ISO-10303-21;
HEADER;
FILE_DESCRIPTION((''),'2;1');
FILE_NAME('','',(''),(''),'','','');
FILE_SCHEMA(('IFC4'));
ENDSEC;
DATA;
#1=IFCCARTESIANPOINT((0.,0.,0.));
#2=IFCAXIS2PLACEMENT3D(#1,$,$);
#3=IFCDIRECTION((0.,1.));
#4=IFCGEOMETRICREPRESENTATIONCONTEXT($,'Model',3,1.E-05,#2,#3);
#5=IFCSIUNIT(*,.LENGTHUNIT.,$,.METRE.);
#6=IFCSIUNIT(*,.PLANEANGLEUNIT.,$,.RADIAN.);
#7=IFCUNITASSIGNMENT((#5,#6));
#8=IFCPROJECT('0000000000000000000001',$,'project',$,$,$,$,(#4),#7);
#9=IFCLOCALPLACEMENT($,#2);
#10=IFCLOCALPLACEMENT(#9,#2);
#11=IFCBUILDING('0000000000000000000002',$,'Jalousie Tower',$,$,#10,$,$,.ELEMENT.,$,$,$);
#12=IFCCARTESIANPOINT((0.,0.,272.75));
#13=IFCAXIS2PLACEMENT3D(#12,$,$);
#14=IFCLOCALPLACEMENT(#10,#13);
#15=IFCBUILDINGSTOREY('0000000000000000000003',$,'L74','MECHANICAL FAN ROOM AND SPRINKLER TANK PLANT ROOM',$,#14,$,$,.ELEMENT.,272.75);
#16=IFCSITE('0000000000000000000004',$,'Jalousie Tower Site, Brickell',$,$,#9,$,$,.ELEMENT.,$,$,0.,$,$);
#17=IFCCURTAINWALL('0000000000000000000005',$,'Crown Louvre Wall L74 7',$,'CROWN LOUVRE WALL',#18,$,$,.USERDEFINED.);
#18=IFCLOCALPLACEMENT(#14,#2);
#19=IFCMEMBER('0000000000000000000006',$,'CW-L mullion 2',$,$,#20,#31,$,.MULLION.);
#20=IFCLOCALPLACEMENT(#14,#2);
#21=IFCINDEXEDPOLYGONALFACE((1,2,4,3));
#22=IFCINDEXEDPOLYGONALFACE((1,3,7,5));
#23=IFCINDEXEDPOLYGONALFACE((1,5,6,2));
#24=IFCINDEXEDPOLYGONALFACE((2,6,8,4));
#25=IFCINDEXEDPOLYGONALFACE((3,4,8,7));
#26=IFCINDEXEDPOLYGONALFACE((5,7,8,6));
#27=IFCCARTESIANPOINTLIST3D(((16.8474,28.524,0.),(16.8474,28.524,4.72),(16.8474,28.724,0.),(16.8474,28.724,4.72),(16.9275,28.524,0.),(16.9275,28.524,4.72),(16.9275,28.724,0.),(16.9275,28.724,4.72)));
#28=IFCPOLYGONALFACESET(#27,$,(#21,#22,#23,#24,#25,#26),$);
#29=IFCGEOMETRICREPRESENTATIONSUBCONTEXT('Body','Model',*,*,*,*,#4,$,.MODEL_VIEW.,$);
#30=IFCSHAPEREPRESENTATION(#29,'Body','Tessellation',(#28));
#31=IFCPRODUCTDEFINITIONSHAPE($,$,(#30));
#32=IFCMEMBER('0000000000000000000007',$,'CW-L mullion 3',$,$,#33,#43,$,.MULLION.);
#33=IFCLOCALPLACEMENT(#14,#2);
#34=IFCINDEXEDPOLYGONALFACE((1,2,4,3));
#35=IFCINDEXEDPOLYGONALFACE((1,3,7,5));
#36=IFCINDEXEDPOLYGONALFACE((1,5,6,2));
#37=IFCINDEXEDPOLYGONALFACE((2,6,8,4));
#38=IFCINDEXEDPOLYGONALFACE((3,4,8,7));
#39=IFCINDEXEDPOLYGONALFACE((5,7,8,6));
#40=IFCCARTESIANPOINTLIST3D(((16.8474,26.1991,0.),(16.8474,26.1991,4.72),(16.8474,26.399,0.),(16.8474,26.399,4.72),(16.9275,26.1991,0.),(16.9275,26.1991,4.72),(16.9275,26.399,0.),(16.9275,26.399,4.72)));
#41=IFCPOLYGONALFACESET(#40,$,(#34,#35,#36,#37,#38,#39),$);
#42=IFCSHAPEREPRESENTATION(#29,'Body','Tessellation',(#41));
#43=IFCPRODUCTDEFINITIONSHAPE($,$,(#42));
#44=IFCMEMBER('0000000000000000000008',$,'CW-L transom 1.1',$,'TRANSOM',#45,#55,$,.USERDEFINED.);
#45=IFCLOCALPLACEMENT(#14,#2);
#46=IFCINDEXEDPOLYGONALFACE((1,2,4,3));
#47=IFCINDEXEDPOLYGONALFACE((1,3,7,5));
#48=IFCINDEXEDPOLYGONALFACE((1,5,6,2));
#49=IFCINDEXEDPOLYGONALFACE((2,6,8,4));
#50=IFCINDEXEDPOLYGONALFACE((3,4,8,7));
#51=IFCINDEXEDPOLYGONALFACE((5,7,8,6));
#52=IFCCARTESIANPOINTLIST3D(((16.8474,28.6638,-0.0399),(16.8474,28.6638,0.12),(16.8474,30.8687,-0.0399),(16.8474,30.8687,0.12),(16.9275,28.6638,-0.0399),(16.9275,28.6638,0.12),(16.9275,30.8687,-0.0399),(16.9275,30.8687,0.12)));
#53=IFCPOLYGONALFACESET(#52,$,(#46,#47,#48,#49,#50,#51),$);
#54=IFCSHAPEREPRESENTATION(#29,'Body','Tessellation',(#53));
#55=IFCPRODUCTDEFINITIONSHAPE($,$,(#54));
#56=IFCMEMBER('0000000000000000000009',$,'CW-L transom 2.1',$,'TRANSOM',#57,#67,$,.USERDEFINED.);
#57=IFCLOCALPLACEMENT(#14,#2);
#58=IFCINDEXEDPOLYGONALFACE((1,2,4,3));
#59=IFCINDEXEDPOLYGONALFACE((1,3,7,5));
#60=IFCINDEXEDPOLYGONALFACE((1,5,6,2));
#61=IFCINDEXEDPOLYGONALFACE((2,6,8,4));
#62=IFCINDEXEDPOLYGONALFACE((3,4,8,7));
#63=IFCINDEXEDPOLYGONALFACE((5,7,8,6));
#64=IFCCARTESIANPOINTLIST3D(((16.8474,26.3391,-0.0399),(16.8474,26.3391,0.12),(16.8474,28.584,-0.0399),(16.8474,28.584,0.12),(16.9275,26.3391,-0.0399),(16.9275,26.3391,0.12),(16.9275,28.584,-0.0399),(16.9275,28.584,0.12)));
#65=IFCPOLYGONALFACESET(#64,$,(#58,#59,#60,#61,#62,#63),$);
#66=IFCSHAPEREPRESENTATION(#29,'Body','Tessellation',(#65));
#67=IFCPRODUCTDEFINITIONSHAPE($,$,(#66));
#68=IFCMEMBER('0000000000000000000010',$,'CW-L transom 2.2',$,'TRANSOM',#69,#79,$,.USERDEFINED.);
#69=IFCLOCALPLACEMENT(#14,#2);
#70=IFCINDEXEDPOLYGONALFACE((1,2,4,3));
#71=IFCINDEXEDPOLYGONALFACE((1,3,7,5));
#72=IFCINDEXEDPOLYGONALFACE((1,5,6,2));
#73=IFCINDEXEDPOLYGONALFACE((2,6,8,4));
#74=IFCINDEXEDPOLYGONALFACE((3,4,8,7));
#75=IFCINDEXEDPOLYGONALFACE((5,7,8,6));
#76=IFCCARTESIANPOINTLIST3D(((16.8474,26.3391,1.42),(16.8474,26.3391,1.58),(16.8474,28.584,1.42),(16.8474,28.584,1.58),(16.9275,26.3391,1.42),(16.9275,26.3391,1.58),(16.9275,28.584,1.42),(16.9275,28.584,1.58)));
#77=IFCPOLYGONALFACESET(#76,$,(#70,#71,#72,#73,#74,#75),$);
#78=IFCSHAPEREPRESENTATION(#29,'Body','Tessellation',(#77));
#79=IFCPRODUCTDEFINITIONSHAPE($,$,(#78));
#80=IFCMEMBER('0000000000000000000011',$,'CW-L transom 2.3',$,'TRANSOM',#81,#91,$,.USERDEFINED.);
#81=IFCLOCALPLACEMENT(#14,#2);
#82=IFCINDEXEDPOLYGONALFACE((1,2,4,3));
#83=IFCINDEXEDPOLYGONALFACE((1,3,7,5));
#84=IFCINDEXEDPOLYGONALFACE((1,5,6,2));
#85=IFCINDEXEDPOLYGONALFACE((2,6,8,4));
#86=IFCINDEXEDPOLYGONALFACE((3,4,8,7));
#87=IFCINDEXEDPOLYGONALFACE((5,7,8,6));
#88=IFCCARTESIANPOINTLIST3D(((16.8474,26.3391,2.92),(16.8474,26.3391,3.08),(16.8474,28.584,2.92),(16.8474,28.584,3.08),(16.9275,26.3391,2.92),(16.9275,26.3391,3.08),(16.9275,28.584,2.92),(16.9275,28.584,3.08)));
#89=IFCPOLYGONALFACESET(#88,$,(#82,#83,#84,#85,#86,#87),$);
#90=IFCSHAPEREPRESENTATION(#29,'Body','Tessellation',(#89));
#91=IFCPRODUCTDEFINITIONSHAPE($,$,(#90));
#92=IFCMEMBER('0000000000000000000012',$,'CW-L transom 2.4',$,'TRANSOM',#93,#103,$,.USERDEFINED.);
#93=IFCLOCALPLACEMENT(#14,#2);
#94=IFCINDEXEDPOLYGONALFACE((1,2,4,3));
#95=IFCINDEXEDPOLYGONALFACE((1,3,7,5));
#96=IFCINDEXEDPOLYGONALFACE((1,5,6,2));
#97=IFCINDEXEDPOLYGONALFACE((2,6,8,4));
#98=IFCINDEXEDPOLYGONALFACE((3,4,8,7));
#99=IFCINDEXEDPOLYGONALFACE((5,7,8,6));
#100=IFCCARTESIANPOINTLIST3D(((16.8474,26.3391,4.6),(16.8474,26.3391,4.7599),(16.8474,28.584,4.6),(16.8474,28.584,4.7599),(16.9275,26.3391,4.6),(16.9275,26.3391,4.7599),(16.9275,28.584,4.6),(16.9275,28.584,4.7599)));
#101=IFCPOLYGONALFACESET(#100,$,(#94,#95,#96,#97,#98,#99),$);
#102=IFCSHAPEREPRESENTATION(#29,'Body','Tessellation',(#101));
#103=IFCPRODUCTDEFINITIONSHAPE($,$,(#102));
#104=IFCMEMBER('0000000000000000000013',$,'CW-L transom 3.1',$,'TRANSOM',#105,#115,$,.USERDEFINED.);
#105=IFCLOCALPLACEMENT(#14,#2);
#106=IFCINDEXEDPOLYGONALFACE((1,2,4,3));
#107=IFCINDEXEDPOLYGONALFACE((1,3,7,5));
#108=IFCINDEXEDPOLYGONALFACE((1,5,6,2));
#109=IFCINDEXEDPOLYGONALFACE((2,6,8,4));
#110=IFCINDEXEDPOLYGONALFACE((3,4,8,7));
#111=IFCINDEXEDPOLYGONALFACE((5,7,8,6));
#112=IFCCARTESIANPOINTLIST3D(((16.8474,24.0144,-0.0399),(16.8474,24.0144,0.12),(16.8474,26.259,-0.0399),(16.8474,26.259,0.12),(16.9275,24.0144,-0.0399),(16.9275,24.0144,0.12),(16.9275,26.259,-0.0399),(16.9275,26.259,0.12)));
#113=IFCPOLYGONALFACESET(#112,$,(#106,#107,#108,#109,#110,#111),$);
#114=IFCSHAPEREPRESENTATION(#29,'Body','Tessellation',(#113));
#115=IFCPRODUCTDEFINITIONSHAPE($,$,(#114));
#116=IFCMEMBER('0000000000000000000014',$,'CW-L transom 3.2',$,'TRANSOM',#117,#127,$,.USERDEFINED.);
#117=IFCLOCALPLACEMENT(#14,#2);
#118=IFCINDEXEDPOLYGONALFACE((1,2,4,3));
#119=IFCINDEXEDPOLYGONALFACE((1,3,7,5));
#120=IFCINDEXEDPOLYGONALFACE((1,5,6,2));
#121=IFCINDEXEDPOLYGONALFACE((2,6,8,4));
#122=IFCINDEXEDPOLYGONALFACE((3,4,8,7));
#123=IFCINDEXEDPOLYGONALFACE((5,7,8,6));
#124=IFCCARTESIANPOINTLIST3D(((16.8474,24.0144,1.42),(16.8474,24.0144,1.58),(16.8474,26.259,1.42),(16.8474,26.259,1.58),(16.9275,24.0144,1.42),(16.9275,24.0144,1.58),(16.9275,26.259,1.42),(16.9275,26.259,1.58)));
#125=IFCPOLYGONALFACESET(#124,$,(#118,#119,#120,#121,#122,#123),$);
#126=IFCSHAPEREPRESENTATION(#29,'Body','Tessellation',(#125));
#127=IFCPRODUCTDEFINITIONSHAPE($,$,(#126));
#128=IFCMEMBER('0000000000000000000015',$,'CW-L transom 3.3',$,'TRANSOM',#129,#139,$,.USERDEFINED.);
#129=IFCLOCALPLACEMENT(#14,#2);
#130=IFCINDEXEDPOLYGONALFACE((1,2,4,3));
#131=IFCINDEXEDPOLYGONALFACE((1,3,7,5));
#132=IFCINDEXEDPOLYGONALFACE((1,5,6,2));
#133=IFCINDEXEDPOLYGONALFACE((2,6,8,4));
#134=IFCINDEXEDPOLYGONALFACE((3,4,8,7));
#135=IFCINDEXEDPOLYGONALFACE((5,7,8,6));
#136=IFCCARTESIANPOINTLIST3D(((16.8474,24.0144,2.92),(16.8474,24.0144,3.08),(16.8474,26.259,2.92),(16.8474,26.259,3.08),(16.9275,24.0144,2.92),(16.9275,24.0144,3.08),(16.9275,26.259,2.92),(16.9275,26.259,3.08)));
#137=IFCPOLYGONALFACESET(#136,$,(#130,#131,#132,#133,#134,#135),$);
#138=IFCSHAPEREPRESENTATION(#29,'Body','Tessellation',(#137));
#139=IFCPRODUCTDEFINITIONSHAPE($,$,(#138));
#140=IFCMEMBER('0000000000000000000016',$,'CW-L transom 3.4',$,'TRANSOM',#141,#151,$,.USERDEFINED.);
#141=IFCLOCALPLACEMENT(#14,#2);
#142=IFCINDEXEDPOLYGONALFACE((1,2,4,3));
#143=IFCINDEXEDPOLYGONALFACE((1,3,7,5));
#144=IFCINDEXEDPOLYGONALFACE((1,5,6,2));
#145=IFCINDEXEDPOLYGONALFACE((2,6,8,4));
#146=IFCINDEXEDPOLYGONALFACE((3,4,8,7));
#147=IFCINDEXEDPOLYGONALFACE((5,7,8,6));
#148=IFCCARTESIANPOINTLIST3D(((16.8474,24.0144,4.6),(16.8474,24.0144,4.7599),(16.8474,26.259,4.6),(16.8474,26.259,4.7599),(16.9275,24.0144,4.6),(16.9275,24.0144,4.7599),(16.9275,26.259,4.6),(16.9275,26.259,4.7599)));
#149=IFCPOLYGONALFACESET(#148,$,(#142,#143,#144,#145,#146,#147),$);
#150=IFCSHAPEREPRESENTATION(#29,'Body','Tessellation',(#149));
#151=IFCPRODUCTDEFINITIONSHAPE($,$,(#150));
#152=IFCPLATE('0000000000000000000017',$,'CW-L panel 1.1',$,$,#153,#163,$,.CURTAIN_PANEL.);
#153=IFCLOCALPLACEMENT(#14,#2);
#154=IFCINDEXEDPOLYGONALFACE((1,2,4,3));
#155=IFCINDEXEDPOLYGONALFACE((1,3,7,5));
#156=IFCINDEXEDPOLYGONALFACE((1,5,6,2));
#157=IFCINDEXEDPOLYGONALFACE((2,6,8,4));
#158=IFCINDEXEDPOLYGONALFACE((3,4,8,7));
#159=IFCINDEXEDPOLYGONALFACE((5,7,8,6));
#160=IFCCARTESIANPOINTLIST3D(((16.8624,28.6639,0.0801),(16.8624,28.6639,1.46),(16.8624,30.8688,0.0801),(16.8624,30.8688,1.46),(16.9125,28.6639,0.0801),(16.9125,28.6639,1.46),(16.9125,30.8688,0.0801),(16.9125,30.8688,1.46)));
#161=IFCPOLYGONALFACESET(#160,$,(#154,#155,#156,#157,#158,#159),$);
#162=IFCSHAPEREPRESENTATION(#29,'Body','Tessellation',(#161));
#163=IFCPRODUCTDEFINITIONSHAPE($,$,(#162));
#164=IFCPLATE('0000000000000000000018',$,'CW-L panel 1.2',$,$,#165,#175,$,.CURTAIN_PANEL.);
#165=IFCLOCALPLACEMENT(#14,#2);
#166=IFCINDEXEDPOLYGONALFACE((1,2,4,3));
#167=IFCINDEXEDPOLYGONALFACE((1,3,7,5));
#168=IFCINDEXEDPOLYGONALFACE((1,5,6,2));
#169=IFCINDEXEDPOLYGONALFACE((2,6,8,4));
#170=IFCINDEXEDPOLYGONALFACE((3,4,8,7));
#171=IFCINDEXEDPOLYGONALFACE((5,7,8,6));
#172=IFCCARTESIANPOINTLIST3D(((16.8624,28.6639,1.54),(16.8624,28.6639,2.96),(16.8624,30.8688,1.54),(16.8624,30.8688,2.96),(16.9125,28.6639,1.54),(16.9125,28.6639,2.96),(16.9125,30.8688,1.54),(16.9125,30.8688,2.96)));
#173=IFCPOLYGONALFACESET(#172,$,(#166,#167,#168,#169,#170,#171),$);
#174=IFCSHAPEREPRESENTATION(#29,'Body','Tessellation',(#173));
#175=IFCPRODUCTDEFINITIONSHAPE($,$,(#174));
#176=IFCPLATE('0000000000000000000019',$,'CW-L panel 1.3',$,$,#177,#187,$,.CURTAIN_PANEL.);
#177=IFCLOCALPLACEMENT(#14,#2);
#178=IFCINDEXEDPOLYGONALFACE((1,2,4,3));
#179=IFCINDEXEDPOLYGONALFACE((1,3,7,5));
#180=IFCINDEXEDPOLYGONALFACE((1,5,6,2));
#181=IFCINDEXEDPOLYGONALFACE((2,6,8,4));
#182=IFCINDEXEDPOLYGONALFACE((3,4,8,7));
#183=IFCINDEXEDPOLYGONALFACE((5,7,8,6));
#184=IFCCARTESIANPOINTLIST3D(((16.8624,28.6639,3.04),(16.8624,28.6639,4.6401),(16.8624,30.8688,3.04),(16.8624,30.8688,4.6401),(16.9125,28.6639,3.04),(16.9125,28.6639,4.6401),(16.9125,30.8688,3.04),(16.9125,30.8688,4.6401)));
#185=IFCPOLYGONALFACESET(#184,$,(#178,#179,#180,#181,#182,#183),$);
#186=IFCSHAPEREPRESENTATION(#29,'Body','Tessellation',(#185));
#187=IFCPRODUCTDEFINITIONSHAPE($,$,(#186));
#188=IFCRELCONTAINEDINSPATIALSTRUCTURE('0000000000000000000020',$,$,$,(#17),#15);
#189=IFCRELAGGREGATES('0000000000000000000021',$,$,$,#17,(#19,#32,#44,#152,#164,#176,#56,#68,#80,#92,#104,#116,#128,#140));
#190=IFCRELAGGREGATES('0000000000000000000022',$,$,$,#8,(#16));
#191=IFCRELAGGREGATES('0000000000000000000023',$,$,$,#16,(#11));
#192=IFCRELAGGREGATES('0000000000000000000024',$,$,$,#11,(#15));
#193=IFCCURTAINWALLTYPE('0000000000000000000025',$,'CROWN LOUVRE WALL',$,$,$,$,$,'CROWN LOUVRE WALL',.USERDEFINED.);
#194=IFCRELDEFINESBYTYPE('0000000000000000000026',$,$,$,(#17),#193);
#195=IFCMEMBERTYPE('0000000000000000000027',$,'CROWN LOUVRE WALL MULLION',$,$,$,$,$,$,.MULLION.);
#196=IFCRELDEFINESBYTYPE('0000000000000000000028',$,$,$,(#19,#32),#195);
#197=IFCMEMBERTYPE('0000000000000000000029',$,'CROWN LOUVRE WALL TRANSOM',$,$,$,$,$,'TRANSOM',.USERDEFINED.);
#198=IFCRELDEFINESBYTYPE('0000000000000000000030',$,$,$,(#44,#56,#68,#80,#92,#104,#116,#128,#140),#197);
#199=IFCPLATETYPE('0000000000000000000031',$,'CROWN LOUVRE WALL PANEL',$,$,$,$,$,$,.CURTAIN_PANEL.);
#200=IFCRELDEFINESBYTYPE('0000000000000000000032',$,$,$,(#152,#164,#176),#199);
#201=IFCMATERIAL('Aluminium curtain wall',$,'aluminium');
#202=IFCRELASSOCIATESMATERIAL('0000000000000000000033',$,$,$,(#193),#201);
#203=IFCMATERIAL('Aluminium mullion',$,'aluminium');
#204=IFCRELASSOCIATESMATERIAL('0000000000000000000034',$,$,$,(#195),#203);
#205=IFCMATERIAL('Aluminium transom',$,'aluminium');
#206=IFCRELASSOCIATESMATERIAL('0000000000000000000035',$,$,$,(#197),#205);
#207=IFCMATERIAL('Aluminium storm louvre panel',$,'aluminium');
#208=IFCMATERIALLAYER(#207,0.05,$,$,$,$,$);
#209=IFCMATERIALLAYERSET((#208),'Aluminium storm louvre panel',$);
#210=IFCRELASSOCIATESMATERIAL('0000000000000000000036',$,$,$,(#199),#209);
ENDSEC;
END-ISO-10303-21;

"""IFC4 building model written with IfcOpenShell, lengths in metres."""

from ifc_helpers import new_model, si_unit, direction, frame, origin, origin_2d, place, context, subcontext, project, spatial, rectangle, extrude, material, layer, layer_set, material_profile, profile_set, type_object, element, aggregate, save


model = new_model("IFC4")

# Units and contexts
model_context = context("Model", 3, precision=1e-05, world=origin(), true_north=direction((0.0, 1.0)))
body_context = subcontext(model_context, "Body", "Model", "MODEL_VIEW")
ifc_project = project(units=[si_unit("LENGTHUNIT", "METRE"), si_unit("PLANEANGLEUNIT", "RADIAN")], contexts=[model_context])

# Site, building, storey
site_placement = place(None, origin())
site = spatial("IfcSite", under=ifc_project, at=site_placement, Name="Jalousie Tower Site, Brickell", CompositionType="ELEMENT", RefElevation=0.0)
building_placement = place(site_placement, origin())
building = spatial("IfcBuilding", under=site, at=building_placement, Name="Jalousie Tower", CompositionType="ELEMENT")
storey_placement = place(building_placement, frame((0.0, 0.0, 272.75)))
storey = spatial("IfcBuildingStorey", under=building, at=storey_placement, Name="L74", Description="MECHANICAL FAN ROOM AND SPRINKLER TANK PLANT ROOM", CompositionType="ELEMENT", Elevation=272.75)

# Curtain wall, members, plates
ifc_material_1 = material(Name="Aluminium curtain wall", Category="aluminium")
curtain_wall_type = type_object("IfcCurtainWallType", Name="CROWN LOUVRE WALL", ElementType="CROWN LOUVRE WALL", PredefinedType="USERDEFINED", material=ifc_material_1)
curtain_wall_placement = place(storey_placement, origin())
curtain_wall = element("IfcCurtainWall", 1, at=curtain_wall_placement, inside=storey, type_object=curtain_wall_type, Name="Crown Louvre Wall L74 7", ObjectType="CROWN LOUVRE WALL", PredefinedType="USERDEFINED")
ifc_material_2 = material(Name="Aluminium mullion", Category="aluminium")
ifc_material_profile_1 = material_profile(ifc_material_2, rectangle(XDim=0.0801, YDim=0.2, at=origin_2d()), Name="MULLION 80x200")
ifc_profile_set_1 = profile_set([ifc_material_profile_1], Name="Aluminium mullion")
member_type_1 = type_object("IfcMemberType", Name="CROWN LOUVRE WALL MULLION", PredefinedType="MULLION", material=ifc_profile_set_1)
member_1_placement = place(storey_placement, frame((16.8875, 28.624, 0.0), z_axis=(0.0, 0.0, 1.0), x_axis=(1.0, 0.0, 0.0)))
member_1 = element("IfcMember", 2, at=member_1_placement, type_object=member_type_1, Name="CW-L mullion 2", PredefinedType="MULLION", context=body_context, shape_type="SweptSolid", body=[
    extrude(rectangle(XDim=0.0801, YDim=0.2, at=origin_2d()), origin(), (0.0, 0.0, 1.0), 4.72),
])
member_2_placement = place(storey_placement, frame((16.8875, 26.2991, 0.0), z_axis=(0.0, 0.0, 1.0), x_axis=(1.0, 0.0, 0.0)))
member_2 = element("IfcMember", 3, at=member_2_placement, type_object=member_type_1, Name="CW-L mullion 3", PredefinedType="MULLION", context=body_context, shape_type="SweptSolid", body=[
    extrude(rectangle(XDim=0.0801, YDim=0.2, at=origin_2d()), origin(), (0.0, 0.0, 1.0), 4.72),
])
ifc_material_3 = material(Name="Aluminium transom", Category="aluminium")
ifc_material_profile_2 = material_profile(ifc_material_3, rectangle(XDim=0.0801, YDim=0.1599, at=origin_2d()), Name="TRANSOM 80x160")
ifc_profile_set_2 = profile_set([ifc_material_profile_2], Name="Aluminium transom")
member_type_2 = type_object("IfcMemberType", Name="CROWN LOUVRE WALL TRANSOM", ElementType="TRANSOM", PredefinedType="USERDEFINED", material=ifc_profile_set_2)
member_3_placement = place(storey_placement, frame((16.8875, 30.8687, 0.04), z_axis=(0.0, -1.0, 0.0), x_axis=(1.0, 0.0, 0.0)))
member_3 = element("IfcMember", 4, at=member_3_placement, type_object=member_type_2, Name="CW-L transom 1.1", ObjectType="TRANSOM", PredefinedType="USERDEFINED", context=body_context, shape_type="SweptSolid", body=[
    extrude(rectangle(XDim=0.0801, YDim=0.1599, at=origin_2d()), origin(), (0.0, 0.0, 1.0), 2.2048),
])
member_4_placement = place(storey_placement, frame((16.8875, 28.584, 0.04), z_axis=(0.0, -1.0, 0.0), x_axis=(1.0, 0.0, 0.0)))
member_4 = element("IfcMember", 5, at=member_4_placement, type_object=member_type_2, Name="CW-L transom 2.1", ObjectType="TRANSOM", PredefinedType="USERDEFINED", context=body_context, shape_type="SweptSolid", body=[
    extrude(rectangle(XDim=0.0801, YDim=0.1599, at=origin_2d()), origin(), (0.0, 0.0, 1.0), 2.2449),
])
member_5_placement = place(storey_placement, frame((16.8875, 28.584, 1.5), z_axis=(0.0, -1.0, 0.0), x_axis=(1.0, 0.0, 0.0)))
member_5 = element("IfcMember", 6, at=member_5_placement, type_object=member_type_2, Name="CW-L transom 2.2", ObjectType="TRANSOM", PredefinedType="USERDEFINED", context=body_context, shape_type="SweptSolid", body=[
    extrude(rectangle(XDim=0.0801, YDim=0.1599, at=origin_2d()), origin(), (0.0, 0.0, 1.0), 2.2449),
])
member_6_placement = place(storey_placement, frame((16.8875, 28.584, 3.0), z_axis=(0.0, -1.0, 0.0), x_axis=(1.0, 0.0, 0.0)))
member_6 = element("IfcMember", 7, at=member_6_placement, type_object=member_type_2, Name="CW-L transom 2.3", ObjectType="TRANSOM", PredefinedType="USERDEFINED", context=body_context, shape_type="SweptSolid", body=[
    extrude(rectangle(XDim=0.0801, YDim=0.1599, at=origin_2d()), origin(), (0.0, 0.0, 1.0), 2.2449),
])
member_7_placement = place(storey_placement, frame((16.8875, 28.584, 4.6799), z_axis=(0.0, -1.0, 0.0), x_axis=(1.0, 0.0, 0.0)))
member_7 = element("IfcMember", 8, at=member_7_placement, type_object=member_type_2, Name="CW-L transom 2.4", ObjectType="TRANSOM", PredefinedType="USERDEFINED", context=body_context, shape_type="SweptSolid", body=[
    extrude(rectangle(XDim=0.0801, YDim=0.1599, at=origin_2d()), origin(), (0.0, 0.0, 1.0), 2.2449),
])
member_8_placement = place(storey_placement, frame((16.8875, 26.259, 0.04), z_axis=(0.0, -1.0, 0.0), x_axis=(1.0, 0.0, 0.0)))
member_8 = element("IfcMember", 9, at=member_8_placement, type_object=member_type_2, Name="CW-L transom 3.1", ObjectType="TRANSOM", PredefinedType="USERDEFINED", context=body_context, shape_type="SweptSolid", body=[
    extrude(rectangle(XDim=0.0801, YDim=0.1599, at=origin_2d()), origin(), (0.0, 0.0, 1.0), 2.2446),
])
member_9_placement = place(storey_placement, frame((16.8875, 26.259, 1.5), z_axis=(0.0, -1.0, 0.0), x_axis=(1.0, 0.0, 0.0)))
member_9 = element("IfcMember", 10, at=member_9_placement, type_object=member_type_2, Name="CW-L transom 3.2", ObjectType="TRANSOM", PredefinedType="USERDEFINED", context=body_context, shape_type="SweptSolid", body=[
    extrude(rectangle(XDim=0.0801, YDim=0.1599, at=origin_2d()), origin(), (0.0, 0.0, 1.0), 2.2446),
])
member_10_placement = place(storey_placement, frame((16.8875, 26.259, 3.0), z_axis=(0.0, -1.0, 0.0), x_axis=(1.0, 0.0, 0.0)))
member_10 = element("IfcMember", 11, at=member_10_placement, type_object=member_type_2, Name="CW-L transom 3.3", ObjectType="TRANSOM", PredefinedType="USERDEFINED", context=body_context, shape_type="SweptSolid", body=[
    extrude(rectangle(XDim=0.0801, YDim=0.1599, at=origin_2d()), origin(), (0.0, 0.0, 1.0), 2.2446),
])
member_11_placement = place(storey_placement, frame((16.8875, 26.259, 4.6799), z_axis=(0.0, -1.0, 0.0), x_axis=(1.0, 0.0, 0.0)))
member_11 = element("IfcMember", 12, at=member_11_placement, type_object=member_type_2, Name="CW-L transom 3.4", ObjectType="TRANSOM", PredefinedType="USERDEFINED", context=body_context, shape_type="SweptSolid", body=[
    extrude(rectangle(XDim=0.0801, YDim=0.1599, at=origin_2d()), origin(), (0.0, 0.0, 1.0), 2.2446),
])
ifc_material_4 = material(Name="Aluminium storm louvre panel", Category="aluminium")
ifc_layer_1 = layer(ifc_material_4, 0.05)
ifc_layer_set_1 = layer_set([ifc_layer_1], Name="Aluminium storm louvre panel")
plate_type = type_object("IfcPlateType", Name="CROWN LOUVRE WALL PANEL", PredefinedType="CURTAIN_PANEL", material=ifc_layer_set_1)
plate_1_placement = place(storey_placement, frame((16.8875, 29.7664, 0.0801), z_axis=(0.0, 0.0, 1.0), x_axis=(0.0, -1.0, 0.0)))
plate_1 = element("IfcPlate", 13, at=plate_1_placement, type_object=plate_type, Name="CW-L panel 1.1", PredefinedType="CURTAIN_PANEL", context=body_context, shape_type="SweptSolid", body=[
    extrude(rectangle(XDim=2.2048, YDim=0.05, at=origin_2d()), origin(), (0.0, 0.0, 1.0), 1.3799),
])
plate_2_placement = place(storey_placement, frame((16.8875, 29.7664, 1.54), z_axis=(0.0, 0.0, 1.0), x_axis=(0.0, -1.0, 0.0)))
plate_2 = element("IfcPlate", 14, at=plate_2_placement, type_object=plate_type, Name="CW-L panel 1.2", PredefinedType="CURTAIN_PANEL", context=body_context, shape_type="SweptSolid", body=[
    extrude(rectangle(XDim=2.2048, YDim=0.05, at=origin_2d()), origin(), (0.0, 0.0, 1.0), 1.4199),
])
plate_3_placement = place(storey_placement, frame((16.8875, 29.7664, 3.04), z_axis=(0.0, 0.0, 1.0), x_axis=(0.0, -1.0, 0.0)))
plate_3 = element("IfcPlate", 15, at=plate_3_placement, type_object=plate_type, Name="CW-L panel 1.3", PredefinedType="CURTAIN_PANEL", context=body_context, shape_type="SweptSolid", body=[
    extrude(rectangle(XDim=2.2048, YDim=0.05, at=origin_2d()), origin(), (0.0, 0.0, 1.0), 1.6001),
])
aggregate(curtain_wall, [member_1, member_2, member_3, plate_1, plate_2, plate_3, member_4, member_5, member_6, member_7, member_8, member_9, member_10, member_11])

save(model, "model.ifc")
